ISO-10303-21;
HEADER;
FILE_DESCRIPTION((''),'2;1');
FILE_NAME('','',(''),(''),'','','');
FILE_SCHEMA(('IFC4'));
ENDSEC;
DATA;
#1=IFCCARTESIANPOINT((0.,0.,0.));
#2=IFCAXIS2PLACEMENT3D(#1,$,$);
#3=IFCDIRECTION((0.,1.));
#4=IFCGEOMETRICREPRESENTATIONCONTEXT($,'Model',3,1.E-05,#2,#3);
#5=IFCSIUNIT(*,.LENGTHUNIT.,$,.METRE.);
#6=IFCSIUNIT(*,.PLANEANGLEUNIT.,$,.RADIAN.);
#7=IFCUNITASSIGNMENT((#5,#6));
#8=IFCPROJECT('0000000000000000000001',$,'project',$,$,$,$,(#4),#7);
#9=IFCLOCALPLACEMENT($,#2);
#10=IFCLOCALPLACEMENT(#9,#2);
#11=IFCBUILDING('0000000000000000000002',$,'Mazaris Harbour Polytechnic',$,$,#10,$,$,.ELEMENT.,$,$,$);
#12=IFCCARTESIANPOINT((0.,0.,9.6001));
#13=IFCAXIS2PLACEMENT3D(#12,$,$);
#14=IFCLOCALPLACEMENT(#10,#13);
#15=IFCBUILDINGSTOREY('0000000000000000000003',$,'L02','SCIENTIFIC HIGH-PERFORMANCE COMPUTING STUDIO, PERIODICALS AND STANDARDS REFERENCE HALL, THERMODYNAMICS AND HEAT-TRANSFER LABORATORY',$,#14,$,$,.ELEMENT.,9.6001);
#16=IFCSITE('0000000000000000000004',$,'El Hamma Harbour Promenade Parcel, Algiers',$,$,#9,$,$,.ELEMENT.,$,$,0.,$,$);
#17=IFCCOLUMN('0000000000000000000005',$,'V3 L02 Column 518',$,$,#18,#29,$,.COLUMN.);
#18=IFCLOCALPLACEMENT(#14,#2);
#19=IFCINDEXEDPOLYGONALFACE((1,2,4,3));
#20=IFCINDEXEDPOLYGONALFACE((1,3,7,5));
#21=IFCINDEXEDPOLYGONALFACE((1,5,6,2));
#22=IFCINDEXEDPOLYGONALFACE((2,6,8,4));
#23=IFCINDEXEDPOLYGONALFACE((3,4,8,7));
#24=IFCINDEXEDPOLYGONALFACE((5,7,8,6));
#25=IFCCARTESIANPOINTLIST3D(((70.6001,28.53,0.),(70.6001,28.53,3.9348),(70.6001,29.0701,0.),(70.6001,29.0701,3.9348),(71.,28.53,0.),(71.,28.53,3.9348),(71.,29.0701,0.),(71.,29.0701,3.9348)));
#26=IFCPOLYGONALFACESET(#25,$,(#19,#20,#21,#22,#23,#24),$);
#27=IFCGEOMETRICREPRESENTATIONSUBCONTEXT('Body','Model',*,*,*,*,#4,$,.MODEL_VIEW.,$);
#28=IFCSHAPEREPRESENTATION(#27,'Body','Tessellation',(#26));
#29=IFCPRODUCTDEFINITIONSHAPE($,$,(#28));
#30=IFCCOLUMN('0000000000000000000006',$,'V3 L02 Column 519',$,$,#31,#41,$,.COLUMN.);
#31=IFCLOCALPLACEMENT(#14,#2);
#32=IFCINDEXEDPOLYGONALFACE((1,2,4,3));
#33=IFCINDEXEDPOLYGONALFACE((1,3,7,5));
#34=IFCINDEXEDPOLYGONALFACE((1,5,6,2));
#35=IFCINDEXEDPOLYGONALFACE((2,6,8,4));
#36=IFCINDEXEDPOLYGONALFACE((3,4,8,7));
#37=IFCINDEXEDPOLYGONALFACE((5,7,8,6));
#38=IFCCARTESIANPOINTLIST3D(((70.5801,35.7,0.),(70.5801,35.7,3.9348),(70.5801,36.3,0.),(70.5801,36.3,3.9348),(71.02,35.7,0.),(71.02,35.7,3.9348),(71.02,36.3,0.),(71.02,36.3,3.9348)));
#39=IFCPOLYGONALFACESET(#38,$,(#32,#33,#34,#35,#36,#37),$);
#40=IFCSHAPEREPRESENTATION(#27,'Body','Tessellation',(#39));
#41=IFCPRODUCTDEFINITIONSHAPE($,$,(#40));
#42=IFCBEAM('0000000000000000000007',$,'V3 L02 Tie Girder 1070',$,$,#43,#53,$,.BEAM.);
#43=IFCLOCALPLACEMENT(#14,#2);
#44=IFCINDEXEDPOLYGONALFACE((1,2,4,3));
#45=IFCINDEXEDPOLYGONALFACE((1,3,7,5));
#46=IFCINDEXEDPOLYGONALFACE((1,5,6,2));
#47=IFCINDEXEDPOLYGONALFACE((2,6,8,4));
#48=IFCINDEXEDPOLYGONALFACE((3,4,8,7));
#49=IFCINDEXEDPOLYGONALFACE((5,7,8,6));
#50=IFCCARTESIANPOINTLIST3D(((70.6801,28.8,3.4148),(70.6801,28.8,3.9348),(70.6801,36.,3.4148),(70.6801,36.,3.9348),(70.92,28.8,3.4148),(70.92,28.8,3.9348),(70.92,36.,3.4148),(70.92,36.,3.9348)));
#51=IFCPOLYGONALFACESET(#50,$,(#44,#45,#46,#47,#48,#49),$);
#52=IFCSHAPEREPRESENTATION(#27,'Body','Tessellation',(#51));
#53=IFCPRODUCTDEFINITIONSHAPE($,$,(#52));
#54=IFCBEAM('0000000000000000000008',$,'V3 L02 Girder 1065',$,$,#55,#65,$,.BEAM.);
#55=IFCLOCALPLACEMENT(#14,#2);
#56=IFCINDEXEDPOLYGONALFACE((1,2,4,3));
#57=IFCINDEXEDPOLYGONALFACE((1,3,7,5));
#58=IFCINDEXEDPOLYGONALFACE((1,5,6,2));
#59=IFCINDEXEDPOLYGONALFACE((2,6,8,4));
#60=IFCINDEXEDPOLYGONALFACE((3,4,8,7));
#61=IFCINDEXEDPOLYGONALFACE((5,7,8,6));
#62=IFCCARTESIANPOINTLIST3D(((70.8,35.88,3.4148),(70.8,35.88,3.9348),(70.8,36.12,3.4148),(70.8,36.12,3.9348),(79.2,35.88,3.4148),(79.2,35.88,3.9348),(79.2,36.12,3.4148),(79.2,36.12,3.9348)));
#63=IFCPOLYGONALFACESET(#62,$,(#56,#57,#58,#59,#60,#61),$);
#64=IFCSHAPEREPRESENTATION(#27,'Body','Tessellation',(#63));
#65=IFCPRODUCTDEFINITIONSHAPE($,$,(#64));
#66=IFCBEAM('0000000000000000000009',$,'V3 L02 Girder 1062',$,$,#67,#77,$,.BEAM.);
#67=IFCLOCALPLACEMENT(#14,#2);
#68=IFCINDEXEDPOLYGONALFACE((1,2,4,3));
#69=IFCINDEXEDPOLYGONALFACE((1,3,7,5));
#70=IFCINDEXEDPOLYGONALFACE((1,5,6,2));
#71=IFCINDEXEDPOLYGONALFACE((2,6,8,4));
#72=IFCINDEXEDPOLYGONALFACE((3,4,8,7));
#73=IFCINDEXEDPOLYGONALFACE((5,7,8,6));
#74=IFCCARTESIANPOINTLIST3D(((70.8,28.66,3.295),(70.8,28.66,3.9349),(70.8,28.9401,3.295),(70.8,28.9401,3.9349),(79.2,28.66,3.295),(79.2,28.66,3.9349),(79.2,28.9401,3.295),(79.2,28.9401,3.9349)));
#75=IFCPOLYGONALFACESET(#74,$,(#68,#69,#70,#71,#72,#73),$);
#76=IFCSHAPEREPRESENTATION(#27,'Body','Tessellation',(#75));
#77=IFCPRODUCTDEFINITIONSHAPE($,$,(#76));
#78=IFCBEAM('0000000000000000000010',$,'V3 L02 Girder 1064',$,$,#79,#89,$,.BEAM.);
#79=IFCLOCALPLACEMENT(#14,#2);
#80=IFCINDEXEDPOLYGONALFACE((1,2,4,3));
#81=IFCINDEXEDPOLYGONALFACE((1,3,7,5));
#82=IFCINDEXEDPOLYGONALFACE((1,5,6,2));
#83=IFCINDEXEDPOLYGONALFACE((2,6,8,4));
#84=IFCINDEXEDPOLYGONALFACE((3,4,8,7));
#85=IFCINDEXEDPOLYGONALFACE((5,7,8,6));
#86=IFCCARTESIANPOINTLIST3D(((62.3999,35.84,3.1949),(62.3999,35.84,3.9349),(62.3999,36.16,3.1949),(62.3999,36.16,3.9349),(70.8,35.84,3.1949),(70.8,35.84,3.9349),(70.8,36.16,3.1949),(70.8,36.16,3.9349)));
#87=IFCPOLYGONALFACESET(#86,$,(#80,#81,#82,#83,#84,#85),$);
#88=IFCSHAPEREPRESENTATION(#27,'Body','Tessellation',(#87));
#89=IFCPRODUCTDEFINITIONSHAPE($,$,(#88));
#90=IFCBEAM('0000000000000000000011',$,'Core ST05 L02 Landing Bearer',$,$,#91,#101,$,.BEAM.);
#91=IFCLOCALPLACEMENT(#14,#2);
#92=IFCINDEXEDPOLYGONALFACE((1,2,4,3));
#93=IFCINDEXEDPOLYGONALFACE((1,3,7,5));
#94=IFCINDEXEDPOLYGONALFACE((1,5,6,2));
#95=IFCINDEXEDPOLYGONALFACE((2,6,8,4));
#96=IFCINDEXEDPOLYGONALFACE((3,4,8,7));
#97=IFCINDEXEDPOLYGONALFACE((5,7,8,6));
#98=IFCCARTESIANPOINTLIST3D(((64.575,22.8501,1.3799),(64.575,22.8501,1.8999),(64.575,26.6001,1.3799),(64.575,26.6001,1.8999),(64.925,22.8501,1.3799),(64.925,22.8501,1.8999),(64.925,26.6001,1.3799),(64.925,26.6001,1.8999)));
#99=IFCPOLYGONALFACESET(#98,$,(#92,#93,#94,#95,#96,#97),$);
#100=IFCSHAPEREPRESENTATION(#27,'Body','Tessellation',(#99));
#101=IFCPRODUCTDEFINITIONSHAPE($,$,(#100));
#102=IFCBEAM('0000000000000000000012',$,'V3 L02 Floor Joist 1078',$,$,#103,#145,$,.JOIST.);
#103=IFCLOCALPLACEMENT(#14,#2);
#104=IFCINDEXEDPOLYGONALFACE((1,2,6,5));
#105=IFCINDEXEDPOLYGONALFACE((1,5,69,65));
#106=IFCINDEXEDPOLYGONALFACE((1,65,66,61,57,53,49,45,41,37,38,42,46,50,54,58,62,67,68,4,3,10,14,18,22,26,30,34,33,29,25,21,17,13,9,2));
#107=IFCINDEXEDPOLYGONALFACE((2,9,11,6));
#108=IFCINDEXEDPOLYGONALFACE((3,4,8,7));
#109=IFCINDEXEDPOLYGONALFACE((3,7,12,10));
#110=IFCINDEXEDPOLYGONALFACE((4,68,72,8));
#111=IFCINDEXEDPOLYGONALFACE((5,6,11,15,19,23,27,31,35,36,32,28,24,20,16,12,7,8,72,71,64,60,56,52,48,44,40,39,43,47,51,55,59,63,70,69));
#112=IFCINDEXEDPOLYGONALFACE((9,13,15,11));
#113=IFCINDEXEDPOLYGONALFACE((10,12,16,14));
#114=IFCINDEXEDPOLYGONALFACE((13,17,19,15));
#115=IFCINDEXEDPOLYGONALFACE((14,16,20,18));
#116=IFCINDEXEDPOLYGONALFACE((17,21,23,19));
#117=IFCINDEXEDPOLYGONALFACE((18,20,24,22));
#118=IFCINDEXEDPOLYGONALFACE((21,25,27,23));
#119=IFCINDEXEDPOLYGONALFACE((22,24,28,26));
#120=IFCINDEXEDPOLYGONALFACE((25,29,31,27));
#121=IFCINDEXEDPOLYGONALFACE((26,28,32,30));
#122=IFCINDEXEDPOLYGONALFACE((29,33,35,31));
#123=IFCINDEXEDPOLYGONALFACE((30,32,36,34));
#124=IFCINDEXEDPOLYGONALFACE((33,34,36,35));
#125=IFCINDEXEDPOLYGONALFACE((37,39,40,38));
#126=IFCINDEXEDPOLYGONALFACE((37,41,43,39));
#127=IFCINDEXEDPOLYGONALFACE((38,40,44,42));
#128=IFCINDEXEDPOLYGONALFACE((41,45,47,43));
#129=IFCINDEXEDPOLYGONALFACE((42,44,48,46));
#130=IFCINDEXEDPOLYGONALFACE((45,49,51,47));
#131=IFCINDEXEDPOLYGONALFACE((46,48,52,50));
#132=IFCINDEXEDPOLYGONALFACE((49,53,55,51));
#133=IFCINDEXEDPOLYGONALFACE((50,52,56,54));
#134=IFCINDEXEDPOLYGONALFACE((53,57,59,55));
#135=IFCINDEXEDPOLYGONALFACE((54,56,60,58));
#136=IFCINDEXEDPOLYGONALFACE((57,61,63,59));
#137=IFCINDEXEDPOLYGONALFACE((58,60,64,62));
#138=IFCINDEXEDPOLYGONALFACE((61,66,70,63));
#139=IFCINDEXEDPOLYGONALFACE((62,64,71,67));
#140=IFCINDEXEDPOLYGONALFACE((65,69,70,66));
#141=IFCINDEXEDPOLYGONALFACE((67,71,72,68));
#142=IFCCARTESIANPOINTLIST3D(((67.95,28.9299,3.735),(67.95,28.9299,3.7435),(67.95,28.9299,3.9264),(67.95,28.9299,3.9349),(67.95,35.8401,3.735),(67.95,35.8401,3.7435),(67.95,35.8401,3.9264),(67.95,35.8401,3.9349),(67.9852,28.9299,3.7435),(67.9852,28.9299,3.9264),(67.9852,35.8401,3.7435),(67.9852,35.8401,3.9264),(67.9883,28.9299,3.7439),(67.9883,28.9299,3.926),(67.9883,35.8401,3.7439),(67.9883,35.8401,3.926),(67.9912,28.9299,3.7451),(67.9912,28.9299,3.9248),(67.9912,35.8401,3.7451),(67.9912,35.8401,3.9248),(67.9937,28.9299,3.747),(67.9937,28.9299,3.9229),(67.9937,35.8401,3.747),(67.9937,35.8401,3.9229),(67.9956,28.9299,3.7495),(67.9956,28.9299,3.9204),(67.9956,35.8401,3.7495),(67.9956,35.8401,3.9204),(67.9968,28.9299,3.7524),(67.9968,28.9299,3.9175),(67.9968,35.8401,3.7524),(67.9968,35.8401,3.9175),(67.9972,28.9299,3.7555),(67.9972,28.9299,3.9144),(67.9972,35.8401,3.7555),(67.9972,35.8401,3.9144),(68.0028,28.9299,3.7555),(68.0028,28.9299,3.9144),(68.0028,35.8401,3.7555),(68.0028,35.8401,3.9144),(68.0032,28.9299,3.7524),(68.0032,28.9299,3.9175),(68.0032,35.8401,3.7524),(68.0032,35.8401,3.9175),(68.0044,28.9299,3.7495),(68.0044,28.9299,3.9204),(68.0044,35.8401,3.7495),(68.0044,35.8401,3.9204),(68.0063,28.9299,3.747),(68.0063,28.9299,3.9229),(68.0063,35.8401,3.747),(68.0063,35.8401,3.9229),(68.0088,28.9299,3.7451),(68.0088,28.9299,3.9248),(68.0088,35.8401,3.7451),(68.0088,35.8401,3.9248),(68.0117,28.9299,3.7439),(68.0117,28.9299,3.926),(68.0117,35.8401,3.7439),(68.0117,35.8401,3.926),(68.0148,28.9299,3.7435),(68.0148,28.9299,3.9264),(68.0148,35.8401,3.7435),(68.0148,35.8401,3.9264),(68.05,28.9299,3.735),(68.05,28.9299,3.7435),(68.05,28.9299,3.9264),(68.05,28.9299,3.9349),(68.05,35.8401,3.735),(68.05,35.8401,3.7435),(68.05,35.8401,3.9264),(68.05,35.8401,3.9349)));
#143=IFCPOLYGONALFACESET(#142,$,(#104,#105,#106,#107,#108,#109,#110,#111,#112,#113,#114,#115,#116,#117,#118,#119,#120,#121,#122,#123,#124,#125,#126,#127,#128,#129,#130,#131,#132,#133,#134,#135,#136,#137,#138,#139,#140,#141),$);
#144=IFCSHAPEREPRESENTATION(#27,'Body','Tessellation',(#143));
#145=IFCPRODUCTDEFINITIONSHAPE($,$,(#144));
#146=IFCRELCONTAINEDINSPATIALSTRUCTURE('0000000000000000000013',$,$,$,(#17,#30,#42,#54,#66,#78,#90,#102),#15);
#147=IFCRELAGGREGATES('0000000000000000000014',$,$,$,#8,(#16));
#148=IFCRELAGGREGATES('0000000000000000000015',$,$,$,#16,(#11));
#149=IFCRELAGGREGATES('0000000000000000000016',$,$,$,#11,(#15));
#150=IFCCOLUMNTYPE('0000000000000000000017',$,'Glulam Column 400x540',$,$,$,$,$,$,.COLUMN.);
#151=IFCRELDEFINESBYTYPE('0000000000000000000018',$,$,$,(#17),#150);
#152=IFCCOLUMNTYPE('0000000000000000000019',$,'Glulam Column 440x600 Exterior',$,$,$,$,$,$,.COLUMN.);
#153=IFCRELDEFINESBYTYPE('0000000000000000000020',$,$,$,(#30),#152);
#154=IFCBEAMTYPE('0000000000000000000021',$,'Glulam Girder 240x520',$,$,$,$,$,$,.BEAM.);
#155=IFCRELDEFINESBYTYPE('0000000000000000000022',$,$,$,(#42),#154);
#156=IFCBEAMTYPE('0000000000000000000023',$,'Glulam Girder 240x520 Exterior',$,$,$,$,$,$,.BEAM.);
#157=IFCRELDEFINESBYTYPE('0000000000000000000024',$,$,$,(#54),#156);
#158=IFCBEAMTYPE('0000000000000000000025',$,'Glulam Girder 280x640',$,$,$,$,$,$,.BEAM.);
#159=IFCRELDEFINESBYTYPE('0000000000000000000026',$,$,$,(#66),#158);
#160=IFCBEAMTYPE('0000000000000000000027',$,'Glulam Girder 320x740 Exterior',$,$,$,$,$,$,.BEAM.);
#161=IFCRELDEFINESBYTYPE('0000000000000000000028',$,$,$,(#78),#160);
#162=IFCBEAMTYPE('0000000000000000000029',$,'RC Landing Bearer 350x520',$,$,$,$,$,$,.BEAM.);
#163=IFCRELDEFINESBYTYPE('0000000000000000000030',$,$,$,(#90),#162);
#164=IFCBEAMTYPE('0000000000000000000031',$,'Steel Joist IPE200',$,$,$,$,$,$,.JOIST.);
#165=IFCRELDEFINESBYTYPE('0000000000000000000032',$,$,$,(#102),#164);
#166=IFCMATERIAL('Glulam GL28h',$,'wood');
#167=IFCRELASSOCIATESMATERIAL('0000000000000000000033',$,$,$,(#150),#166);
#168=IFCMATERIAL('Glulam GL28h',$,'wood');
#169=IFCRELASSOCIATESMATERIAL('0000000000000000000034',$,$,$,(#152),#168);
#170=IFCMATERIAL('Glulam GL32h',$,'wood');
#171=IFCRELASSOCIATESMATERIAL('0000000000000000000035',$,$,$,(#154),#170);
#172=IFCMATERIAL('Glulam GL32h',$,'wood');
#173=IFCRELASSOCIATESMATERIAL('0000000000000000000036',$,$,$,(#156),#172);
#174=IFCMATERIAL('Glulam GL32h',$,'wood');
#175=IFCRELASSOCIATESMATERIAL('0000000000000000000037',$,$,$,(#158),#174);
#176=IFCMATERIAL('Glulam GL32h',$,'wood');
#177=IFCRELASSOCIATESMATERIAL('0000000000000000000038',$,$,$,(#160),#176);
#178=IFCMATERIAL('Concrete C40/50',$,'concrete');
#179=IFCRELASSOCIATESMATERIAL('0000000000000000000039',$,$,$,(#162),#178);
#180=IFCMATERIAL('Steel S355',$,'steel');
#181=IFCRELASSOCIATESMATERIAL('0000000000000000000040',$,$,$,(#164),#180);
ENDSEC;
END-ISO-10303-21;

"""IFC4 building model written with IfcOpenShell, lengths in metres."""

from ifc_helpers import new_model, si_unit, direction, frame, origin, origin_2d, place, context, subcontext, project, spatial, rectangle, i_section, extrude, material, material_profile, profile_set, type_object, element, save


model = new_model("IFC4")

# Units and contexts
model_context = context("Model", 3, precision=1e-05, world=origin(), true_north=direction((0.0, 1.0)))
body_context = subcontext(model_context, "Body", "Model", "MODEL_VIEW")
ifc_project = project(units=[si_unit("LENGTHUNIT", "METRE"), si_unit("PLANEANGLEUNIT", "RADIAN")], contexts=[model_context])

# Site, building, storey
site_placement = place(None, origin())
site = spatial("IfcSite", under=ifc_project, at=site_placement, Name="El Hamma Harbour Promenade Parcel, Algiers", CompositionType="ELEMENT", RefElevation=0.0)
building_placement = place(site_placement, origin())
building = spatial("IfcBuilding", under=site, at=building_placement, Name="Mazaris Harbour Polytechnic", CompositionType="ELEMENT")
storey_placement = place(building_placement, frame((0.0, 0.0, 9.6001)))
storey = spatial("IfcBuildingStorey", under=building, at=storey_placement, Name="L02", Description="SCIENTIFIC HIGH-PERFORMANCE COMPUTING STUDIO, PERIODICALS AND STANDARDS REFERENCE HALL, THERMODYNAMICS AND HEAT-TRANSFER LABORATORY", CompositionType="ELEMENT", Elevation=9.6001)

# Columns
ifc_material_1 = material(Name="Glulam GL28h", Category="wood")
ifc_material_profile_1 = material_profile(ifc_material_1, rectangle(XDim=0.3999, YDim=0.54, at=origin_2d()), Name="RECT400x540")
ifc_profile_set_1 = profile_set([ifc_material_profile_1], Name="Glulam GL28h")
column_type_1 = type_object("IfcColumnType", Name="Glulam Column 400x540", PredefinedType="COLUMN", material=ifc_profile_set_1)
column_1_placement = place(storey_placement, frame((70.8, 28.8, 0.0), z_axis=(0.0, 0.0, 1.0), x_axis=(1.0, 0.0, 0.0)))
element("IfcColumn", 1, at=column_1_placement, inside=storey, type_object=column_type_1, Name="V3 L02 Column 518", PredefinedType="COLUMN", context=body_context, shape_type="SweptSolid", body=[
    extrude(rectangle(XDim=0.3999, YDim=0.54, at=origin_2d()), origin(), (0.0, 0.0, 1.0), 3.9348),
])
ifc_material_2 = material(Name="Glulam GL28h", Category="wood")
ifc_material_profile_2 = material_profile(ifc_material_2, rectangle(XDim=0.4399, YDim=0.6001, at=origin_2d()), Name="RECT440x600")
ifc_profile_set_2 = profile_set([ifc_material_profile_2], Name="Glulam GL28h")
column_type_2 = type_object("IfcColumnType", Name="Glulam Column 440x600 Exterior", PredefinedType="COLUMN", material=ifc_profile_set_2)
column_2_placement = place(storey_placement, frame((70.8, 36.0, 0.0), z_axis=(0.0, 0.0, 1.0), x_axis=(1.0, 0.0, 0.0)))
element("IfcColumn", 2, at=column_2_placement, inside=storey, type_object=column_type_2, Name="V3 L02 Column 519", PredefinedType="COLUMN", context=body_context, shape_type="SweptSolid", body=[
    extrude(rectangle(XDim=0.4399, YDim=0.6001, at=origin_2d()), origin(), (0.0, 0.0, 1.0), 3.9348),
])

# Beams
ifc_material_3 = material(Name="Glulam GL32h", Category="wood")
ifc_material_profile_3 = material_profile(ifc_material_3, rectangle(XDim=0.24, YDim=0.52, at=origin_2d()), Name="RECT240x520")
ifc_profile_set_3 = profile_set([ifc_material_profile_3], Name="Glulam GL32h")
beam_type_1 = type_object("IfcBeamType", Name="Glulam Girder 240x520", PredefinedType="BEAM", material=ifc_profile_set_3)
beam_1_placement = place(storey_placement, frame((70.8, 28.8, 3.6748), z_axis=(0.0, 1.0, 0.0), x_axis=(-1.0, 0.0, 0.0)))
element("IfcBeam", 3, at=beam_1_placement, inside=storey, type_object=beam_type_1, Name="V3 L02 Tie Girder 1070", PredefinedType="BEAM", context=body_context, shape_type="SweptSolid", body=[
    extrude(rectangle(XDim=0.24, YDim=0.52, at=origin_2d()), origin(), (0.0, 0.0, 1.0), 7.2),
])
ifc_material_4 = material(Name="Glulam GL32h", Category="wood")
ifc_material_profile_4 = material_profile(ifc_material_4, rectangle(XDim=0.24, YDim=0.52, at=origin_2d()), Name="RECT240x520")
ifc_profile_set_4 = profile_set([ifc_material_profile_4], Name="Glulam GL32h")
beam_type_2 = type_object("IfcBeamType", Name="Glulam Girder 240x520 Exterior", PredefinedType="BEAM", material=ifc_profile_set_4)
beam_2_placement = place(storey_placement, frame((70.8, 36.0, 3.6748), z_axis=(1.0, 0.0, 0.0), x_axis=(0.0, 1.0, 0.0)))
element("IfcBeam", 4, at=beam_2_placement, inside=storey, type_object=beam_type_2, Name="V3 L02 Girder 1065", PredefinedType="BEAM", context=body_context, shape_type="SweptSolid", body=[
    extrude(rectangle(XDim=0.24, YDim=0.52, at=origin_2d()), origin(), (0.0, 0.0, 1.0), 8.3999),
])
ifc_material_5 = material(Name="Glulam GL32h", Category="wood")
ifc_material_profile_5 = material_profile(ifc_material_5, rectangle(XDim=0.28, YDim=0.6399, at=origin_2d()), Name="RECT280x640")
ifc_profile_set_5 = profile_set([ifc_material_profile_5], Name="Glulam GL32h")
beam_type_3 = type_object("IfcBeamType", Name="Glulam Girder 280x640", PredefinedType="BEAM", material=ifc_profile_set_5)
beam_3_placement = place(storey_placement, frame((70.8, 28.8, 3.615), z_axis=(1.0, 0.0, 0.0), x_axis=(0.0, 1.0, 0.0)))
element("IfcBeam", 5, at=beam_3_placement, inside=storey, type_object=beam_type_3, Name="V3 L02 Girder 1062", PredefinedType="BEAM", context=body_context, shape_type="SweptSolid", body=[
    extrude(rectangle(XDim=0.28, YDim=0.6399, at=origin_2d()), origin(), (0.0, 0.0, 1.0), 8.3999),
])
ifc_material_6 = material(Name="Glulam GL32h", Category="wood")
ifc_material_profile_6 = material_profile(ifc_material_6, rectangle(XDim=0.3201, YDim=0.74, at=origin_2d()), Name="RECT320x740")
ifc_profile_set_6 = profile_set([ifc_material_profile_6], Name="Glulam GL32h")
beam_type_4 = type_object("IfcBeamType", Name="Glulam Girder 320x740 Exterior", PredefinedType="BEAM", material=ifc_profile_set_6)
beam_4_placement = place(storey_placement, frame((62.3999, 36.0, 3.5649), z_axis=(1.0, 0.0, 0.0), x_axis=(0.0, 1.0, 0.0)))
element("IfcBeam", 6, at=beam_4_placement, inside=storey, type_object=beam_type_4, Name="V3 L02 Girder 1064", PredefinedType="BEAM", context=body_context, shape_type="SweptSolid", body=[
    extrude(rectangle(XDim=0.3201, YDim=0.74, at=origin_2d()), origin(), (0.0, 0.0, 1.0), 8.4001),
])
ifc_material_7 = material(Name="Concrete C40/50", Category="concrete")
ifc_material_profile_7 = material_profile(ifc_material_7, rectangle(XDim=0.3501, YDim=0.52, at=origin_2d()), Name="RECT350x520")
ifc_profile_set_7 = profile_set([ifc_material_profile_7], Name="Concrete C40/50")
beam_type_5 = type_object("IfcBeamType", Name="RC Landing Bearer 350x520", PredefinedType="BEAM", material=ifc_profile_set_7)
beam_5_placement = place(storey_placement, frame((64.75, 22.8501, 1.6399), z_axis=(0.0, 1.0, 0.0), x_axis=(-1.0, 0.0, 0.0)))
element("IfcBeam", 7, at=beam_5_placement, inside=storey, type_object=beam_type_5, Name="Core ST05 L02 Landing Bearer", PredefinedType="BEAM", context=body_context, shape_type="SweptSolid", body=[
    extrude(rectangle(XDim=0.3501, YDim=0.52, at=origin_2d()), origin(), (0.0, 0.0, 1.0), 3.75),
])
ifc_material_8 = material(Name="Steel S355", Category="steel")
ifc_material_profile_8 = material_profile(ifc_material_8, i_section(OverallWidth=0.1001, OverallDepth=0.2, WebThickness=0.0056, FlangeThickness=0.0085, FilletRadius=0.012, at=origin_2d()), Name="IPE 200")
ifc_profile_set_8 = profile_set([ifc_material_profile_8], Name="Steel S355")
beam_type_6 = type_object("IfcBeamType", Name="Steel Joist IPE200", PredefinedType="JOIST", material=ifc_profile_set_8)
beam_6_placement = place(storey_placement, frame((68.0, 28.9299, 3.835), z_axis=(0.0, 1.0, 0.0), x_axis=(-1.0, 0.0, 0.0)))
element("IfcBeam", 8, at=beam_6_placement, inside=storey, type_object=beam_type_6, Name="V3 L02 Floor Joist 1078", PredefinedType="JOIST", context=body_context, shape_type="SweptSolid", body=[
    extrude(i_section(OverallWidth=0.1001, OverallDepth=0.2, WebThickness=0.0056, FlangeThickness=0.0085, FilletRadius=0.012, at=origin_2d()), origin(), (0.0, 0.0, 1.0), 6.9102),
])

save(model, "model.ifc")
